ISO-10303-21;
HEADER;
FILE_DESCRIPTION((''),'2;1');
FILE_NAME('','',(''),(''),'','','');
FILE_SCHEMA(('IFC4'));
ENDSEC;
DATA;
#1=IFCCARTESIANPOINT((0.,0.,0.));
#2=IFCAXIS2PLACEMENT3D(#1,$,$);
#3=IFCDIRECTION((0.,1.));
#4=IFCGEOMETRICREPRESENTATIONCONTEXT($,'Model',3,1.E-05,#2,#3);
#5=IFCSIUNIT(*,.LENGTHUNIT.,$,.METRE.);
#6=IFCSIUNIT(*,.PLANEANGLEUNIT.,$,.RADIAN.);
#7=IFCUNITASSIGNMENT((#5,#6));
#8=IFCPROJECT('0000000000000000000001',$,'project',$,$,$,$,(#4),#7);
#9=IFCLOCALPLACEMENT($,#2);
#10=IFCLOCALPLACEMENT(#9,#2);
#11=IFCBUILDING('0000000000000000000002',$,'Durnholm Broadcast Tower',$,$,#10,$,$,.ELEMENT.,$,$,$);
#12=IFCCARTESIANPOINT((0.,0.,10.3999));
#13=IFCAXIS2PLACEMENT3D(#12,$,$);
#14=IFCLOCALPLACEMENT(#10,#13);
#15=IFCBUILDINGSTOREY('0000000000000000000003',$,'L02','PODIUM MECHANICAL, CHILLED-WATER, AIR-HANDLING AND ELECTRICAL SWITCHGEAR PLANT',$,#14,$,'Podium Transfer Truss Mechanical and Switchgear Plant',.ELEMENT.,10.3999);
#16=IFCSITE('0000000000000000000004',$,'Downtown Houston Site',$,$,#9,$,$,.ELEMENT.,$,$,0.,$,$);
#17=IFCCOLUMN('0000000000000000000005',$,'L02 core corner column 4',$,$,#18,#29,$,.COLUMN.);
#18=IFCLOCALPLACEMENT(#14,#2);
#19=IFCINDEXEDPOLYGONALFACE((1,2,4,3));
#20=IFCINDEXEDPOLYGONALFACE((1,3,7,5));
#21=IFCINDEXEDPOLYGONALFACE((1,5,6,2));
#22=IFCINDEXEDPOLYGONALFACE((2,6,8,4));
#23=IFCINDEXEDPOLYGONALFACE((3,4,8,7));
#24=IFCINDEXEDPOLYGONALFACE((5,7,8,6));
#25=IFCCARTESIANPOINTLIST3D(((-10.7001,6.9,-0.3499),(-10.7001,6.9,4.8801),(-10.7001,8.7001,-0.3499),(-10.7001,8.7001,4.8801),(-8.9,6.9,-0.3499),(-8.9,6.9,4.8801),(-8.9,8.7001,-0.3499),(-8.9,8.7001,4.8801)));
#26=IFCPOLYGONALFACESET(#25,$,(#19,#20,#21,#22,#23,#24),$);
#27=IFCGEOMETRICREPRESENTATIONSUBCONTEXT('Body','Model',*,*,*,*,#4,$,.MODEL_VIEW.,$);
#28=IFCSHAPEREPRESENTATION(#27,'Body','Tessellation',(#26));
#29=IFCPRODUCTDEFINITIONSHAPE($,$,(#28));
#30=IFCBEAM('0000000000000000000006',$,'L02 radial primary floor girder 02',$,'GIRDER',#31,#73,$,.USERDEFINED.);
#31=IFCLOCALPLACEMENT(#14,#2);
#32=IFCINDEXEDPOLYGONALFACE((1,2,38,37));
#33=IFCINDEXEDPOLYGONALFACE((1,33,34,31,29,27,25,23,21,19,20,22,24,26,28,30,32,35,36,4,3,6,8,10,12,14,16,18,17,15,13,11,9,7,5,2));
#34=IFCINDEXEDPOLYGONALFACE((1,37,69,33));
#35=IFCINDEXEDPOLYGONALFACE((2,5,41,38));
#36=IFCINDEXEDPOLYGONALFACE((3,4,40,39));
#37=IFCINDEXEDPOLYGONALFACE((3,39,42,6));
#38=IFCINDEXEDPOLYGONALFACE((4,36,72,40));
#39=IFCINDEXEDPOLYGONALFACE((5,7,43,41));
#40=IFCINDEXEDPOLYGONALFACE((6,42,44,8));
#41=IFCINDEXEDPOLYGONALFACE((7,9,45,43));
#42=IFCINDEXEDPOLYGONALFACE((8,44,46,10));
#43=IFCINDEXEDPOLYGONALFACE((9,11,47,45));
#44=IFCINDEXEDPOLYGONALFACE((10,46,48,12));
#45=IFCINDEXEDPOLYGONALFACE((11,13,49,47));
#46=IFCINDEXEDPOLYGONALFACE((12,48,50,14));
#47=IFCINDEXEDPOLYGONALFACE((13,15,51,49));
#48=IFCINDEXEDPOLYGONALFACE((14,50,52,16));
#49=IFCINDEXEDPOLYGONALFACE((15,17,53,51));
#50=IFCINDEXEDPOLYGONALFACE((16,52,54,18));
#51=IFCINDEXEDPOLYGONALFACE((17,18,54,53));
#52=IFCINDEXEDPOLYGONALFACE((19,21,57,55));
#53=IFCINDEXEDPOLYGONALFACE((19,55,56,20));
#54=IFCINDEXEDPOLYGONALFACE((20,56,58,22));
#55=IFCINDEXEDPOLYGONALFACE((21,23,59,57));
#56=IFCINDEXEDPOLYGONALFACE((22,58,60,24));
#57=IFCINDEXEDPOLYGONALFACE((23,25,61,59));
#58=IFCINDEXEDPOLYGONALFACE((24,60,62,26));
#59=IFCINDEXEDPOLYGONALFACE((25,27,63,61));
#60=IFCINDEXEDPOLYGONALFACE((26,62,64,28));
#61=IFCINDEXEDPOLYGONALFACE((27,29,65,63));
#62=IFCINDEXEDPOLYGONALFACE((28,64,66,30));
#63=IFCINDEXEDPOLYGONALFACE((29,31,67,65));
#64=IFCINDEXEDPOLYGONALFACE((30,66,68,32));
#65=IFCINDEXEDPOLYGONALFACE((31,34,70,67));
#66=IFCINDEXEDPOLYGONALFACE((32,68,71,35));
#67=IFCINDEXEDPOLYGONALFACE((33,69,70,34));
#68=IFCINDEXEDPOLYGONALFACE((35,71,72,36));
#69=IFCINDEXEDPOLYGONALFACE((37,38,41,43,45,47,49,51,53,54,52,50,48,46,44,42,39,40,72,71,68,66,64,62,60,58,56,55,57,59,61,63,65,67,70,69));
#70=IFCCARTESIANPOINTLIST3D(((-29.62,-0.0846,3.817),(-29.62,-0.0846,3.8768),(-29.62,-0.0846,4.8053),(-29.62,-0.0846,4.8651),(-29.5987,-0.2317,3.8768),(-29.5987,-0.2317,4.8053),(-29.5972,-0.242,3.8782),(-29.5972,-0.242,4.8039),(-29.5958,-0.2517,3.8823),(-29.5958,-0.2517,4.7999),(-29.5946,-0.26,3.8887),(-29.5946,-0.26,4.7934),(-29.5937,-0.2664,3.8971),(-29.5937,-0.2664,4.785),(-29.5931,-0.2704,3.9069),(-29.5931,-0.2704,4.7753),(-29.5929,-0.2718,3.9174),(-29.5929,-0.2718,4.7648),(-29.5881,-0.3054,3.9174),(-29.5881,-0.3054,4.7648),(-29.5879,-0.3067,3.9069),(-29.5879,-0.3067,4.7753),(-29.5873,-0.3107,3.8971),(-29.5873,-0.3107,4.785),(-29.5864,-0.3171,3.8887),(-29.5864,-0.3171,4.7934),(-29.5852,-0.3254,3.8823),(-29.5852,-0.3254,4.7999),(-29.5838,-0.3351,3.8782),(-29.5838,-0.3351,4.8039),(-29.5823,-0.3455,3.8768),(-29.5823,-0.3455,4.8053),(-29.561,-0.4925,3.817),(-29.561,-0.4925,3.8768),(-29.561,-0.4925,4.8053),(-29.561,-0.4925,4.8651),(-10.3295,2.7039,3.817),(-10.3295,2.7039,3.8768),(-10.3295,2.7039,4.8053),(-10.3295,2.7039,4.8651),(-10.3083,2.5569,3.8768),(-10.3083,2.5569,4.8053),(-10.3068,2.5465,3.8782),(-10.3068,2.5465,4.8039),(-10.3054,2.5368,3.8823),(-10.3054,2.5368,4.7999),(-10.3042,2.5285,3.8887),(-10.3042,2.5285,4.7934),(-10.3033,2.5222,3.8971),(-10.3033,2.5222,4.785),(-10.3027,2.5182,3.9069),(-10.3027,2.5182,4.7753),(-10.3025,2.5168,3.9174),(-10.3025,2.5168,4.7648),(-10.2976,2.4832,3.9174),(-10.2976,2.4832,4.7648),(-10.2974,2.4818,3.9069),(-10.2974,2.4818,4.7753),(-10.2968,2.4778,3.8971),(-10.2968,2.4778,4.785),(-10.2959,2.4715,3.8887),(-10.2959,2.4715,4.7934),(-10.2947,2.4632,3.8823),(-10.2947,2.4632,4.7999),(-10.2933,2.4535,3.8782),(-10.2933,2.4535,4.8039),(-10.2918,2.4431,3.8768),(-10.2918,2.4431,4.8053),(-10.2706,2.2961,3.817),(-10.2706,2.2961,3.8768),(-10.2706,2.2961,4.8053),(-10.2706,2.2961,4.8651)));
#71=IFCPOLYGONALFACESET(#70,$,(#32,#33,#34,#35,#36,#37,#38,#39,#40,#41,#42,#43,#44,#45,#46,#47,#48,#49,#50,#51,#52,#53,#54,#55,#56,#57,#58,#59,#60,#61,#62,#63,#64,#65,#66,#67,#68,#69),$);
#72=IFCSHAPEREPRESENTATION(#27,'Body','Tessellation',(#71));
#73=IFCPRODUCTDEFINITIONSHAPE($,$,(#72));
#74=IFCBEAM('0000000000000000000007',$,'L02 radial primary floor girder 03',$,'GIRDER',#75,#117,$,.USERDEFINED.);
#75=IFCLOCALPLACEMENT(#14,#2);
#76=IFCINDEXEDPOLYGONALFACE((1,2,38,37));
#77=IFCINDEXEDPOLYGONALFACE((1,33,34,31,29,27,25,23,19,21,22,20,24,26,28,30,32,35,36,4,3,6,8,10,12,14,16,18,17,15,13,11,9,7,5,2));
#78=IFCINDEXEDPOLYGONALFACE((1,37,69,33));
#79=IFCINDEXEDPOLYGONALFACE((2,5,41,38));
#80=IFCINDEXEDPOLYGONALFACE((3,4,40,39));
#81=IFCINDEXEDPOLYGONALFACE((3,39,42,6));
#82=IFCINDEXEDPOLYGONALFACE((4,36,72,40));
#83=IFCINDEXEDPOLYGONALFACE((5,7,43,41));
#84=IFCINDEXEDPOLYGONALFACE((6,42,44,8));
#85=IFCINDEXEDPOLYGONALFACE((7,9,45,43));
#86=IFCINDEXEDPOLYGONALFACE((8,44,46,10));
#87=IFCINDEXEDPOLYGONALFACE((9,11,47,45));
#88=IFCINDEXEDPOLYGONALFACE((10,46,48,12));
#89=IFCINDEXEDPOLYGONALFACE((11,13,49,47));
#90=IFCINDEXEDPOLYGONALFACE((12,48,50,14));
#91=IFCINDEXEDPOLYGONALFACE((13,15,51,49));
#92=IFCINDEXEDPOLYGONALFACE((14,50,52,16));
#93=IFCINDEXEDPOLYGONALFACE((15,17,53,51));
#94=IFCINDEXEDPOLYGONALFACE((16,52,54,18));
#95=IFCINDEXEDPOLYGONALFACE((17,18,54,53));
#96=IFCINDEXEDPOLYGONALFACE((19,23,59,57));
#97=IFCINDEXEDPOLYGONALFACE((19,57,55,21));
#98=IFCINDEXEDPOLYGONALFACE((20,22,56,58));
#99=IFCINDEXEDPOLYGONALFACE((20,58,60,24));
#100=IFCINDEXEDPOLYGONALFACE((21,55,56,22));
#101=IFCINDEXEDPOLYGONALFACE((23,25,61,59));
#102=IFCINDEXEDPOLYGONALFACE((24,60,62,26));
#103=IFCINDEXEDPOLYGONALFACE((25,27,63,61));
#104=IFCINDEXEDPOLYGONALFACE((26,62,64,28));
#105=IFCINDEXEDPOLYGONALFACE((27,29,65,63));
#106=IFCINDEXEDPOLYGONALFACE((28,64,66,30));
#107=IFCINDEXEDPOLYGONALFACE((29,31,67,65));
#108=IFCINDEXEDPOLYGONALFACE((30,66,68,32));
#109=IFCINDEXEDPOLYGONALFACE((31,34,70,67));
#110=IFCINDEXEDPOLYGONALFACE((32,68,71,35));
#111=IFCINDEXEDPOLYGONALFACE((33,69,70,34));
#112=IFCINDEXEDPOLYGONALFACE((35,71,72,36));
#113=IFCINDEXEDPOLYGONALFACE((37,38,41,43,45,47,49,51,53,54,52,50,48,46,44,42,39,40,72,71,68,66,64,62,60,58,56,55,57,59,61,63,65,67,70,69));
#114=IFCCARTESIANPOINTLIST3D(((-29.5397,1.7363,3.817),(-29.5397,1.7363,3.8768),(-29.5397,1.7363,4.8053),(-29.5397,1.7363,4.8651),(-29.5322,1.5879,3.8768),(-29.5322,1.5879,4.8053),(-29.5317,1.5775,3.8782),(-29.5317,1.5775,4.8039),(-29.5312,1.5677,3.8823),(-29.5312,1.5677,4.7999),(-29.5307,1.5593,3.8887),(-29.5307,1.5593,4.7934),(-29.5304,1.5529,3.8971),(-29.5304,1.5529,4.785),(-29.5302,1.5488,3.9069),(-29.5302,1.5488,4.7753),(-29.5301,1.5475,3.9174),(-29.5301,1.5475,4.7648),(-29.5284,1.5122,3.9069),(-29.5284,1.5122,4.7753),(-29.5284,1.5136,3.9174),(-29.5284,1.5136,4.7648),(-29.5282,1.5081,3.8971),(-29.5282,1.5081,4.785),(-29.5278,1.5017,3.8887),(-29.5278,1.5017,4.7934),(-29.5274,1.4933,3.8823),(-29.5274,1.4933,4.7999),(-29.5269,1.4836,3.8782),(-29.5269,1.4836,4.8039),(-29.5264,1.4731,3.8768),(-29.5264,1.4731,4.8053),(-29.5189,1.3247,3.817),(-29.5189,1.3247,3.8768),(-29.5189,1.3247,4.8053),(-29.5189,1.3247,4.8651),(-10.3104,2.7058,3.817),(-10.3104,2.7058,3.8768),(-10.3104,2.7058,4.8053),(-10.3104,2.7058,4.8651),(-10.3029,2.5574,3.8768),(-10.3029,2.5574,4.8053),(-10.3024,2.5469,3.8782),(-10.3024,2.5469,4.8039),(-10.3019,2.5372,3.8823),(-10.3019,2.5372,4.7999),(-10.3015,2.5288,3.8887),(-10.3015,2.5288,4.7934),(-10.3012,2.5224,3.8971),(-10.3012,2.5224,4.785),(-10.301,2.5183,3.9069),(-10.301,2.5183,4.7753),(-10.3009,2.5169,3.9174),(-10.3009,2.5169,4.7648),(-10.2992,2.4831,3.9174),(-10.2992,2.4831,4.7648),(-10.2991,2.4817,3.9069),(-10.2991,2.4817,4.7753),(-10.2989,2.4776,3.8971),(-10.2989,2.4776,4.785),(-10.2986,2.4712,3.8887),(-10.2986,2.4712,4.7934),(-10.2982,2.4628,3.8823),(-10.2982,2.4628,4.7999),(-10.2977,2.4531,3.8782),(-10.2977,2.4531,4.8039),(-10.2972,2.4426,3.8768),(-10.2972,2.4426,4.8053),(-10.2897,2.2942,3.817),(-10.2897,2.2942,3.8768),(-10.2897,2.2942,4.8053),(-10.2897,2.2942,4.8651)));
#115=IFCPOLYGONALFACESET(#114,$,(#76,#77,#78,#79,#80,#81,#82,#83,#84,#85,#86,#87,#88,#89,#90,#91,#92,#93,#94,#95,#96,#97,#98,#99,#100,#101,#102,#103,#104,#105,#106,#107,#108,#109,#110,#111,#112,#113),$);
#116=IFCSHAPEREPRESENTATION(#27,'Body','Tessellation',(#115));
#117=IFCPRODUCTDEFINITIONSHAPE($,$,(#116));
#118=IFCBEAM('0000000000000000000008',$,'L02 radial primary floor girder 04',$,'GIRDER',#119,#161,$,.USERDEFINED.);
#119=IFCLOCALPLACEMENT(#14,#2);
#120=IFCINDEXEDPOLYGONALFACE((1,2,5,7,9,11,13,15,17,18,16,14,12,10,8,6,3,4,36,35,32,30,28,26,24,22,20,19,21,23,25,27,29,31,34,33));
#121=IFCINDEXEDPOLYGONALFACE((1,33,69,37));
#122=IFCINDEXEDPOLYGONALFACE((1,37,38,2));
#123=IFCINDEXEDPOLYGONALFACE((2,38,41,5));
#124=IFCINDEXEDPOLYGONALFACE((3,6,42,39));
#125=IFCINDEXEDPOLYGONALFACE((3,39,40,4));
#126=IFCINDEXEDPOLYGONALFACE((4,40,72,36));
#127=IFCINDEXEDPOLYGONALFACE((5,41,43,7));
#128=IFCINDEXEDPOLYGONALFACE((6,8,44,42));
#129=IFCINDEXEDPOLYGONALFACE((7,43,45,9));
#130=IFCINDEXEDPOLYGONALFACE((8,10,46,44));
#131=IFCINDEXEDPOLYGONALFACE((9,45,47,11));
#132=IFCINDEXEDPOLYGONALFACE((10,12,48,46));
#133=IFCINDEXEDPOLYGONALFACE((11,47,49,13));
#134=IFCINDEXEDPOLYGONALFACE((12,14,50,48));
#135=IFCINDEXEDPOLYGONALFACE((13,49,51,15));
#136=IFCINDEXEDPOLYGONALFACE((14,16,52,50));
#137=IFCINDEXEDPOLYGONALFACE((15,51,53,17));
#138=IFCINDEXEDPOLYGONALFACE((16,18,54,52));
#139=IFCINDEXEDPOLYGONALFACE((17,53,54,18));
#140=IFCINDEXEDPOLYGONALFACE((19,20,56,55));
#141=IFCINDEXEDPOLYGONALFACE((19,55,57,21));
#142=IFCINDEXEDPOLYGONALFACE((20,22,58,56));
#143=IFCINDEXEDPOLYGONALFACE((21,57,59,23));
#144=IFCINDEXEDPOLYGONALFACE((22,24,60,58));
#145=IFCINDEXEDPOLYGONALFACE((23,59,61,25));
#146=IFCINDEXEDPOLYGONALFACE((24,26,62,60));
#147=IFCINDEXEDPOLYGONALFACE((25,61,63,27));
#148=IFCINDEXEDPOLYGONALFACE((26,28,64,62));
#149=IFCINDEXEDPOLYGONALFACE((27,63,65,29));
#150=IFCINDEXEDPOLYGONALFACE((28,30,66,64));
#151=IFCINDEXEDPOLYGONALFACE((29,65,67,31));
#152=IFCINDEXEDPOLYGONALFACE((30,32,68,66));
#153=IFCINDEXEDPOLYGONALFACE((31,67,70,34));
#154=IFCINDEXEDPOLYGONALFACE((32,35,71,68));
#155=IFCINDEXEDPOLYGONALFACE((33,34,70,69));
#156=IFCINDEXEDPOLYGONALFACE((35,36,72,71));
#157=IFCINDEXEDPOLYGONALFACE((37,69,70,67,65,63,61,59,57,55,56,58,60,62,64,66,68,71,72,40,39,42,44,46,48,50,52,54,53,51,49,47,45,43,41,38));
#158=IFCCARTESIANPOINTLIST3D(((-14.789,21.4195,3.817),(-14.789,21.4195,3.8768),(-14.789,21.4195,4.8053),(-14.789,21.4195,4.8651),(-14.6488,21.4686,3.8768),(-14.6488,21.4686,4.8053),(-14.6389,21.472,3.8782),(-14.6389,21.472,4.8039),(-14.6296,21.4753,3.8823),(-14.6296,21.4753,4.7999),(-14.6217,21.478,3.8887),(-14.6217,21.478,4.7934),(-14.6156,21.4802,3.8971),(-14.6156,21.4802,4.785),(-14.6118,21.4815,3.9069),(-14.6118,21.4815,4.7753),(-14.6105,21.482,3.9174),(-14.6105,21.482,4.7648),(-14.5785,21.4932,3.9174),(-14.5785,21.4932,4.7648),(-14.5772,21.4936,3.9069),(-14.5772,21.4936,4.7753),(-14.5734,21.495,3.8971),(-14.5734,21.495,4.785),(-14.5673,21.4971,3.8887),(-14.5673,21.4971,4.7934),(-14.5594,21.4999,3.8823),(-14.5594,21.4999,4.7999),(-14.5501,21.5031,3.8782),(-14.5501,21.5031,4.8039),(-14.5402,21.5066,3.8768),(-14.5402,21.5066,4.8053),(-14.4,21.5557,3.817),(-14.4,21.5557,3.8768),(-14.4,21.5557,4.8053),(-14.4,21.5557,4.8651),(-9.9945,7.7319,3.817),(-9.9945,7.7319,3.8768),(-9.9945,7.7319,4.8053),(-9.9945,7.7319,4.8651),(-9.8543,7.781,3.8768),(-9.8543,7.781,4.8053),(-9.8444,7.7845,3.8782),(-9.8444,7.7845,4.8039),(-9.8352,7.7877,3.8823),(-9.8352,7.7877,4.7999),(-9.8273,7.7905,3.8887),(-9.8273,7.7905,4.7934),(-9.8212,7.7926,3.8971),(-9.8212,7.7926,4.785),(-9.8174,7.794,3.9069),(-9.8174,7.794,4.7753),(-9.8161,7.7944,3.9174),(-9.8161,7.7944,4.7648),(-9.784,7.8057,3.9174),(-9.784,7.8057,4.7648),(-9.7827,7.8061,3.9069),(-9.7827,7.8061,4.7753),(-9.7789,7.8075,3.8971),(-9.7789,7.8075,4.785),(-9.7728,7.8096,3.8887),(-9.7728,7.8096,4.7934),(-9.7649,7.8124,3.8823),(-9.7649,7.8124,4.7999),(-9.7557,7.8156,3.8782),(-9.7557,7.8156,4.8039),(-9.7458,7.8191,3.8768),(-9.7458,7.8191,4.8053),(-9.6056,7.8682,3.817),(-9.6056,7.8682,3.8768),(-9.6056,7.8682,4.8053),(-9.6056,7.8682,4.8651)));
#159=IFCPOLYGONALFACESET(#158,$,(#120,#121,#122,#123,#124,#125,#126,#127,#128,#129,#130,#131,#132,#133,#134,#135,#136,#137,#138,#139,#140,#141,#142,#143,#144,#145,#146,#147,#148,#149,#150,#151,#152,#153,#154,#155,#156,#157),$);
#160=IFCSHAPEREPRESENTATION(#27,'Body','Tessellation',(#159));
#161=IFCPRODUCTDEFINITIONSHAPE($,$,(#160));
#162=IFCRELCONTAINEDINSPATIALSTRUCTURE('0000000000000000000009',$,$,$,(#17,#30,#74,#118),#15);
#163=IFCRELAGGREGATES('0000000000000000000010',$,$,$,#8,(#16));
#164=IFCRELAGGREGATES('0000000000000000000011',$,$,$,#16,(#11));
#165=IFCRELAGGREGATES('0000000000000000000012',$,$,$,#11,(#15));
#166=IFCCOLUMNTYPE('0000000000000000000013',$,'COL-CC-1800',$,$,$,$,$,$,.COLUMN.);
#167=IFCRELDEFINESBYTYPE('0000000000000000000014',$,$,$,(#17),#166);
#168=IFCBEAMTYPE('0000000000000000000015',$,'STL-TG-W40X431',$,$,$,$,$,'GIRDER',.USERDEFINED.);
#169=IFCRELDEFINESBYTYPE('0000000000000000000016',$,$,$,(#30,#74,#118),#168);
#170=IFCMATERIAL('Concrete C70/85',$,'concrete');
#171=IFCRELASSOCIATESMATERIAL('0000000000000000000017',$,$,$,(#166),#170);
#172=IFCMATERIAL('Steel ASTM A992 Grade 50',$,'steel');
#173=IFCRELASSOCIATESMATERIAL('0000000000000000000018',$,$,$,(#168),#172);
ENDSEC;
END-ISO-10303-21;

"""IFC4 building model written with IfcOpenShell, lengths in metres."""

from ifc_helpers import new_model, si_unit, direction, frame, origin, origin_2d, place, context, subcontext, project, spatial, rectangle, i_section, extrude, source, transform, mapped, material, material_profile, profile_set, type_object, type_shapes, element, save


model = new_model("IFC4")

# Units and contexts
model_context = context("Model", 3, precision=1e-05, world=origin(), true_north=direction((0.0, 1.0)))
body_context = subcontext(model_context, "Body", "Model", "MODEL_VIEW")
ifc_project = project(units=[si_unit("LENGTHUNIT", "METRE"), si_unit("PLANEANGLEUNIT", "RADIAN")], contexts=[model_context])

# Site, building, storey
site_placement = place(None, origin())
site = spatial("IfcSite", under=ifc_project, at=site_placement, Name="Downtown Houston Site", CompositionType="ELEMENT", RefElevation=0.0)
building_placement = place(site_placement, origin())
building = spatial("IfcBuilding", under=site, at=building_placement, Name="Durnholm Broadcast Tower", CompositionType="ELEMENT")
storey_placement = place(building_placement, frame((0.0, 0.0, 10.3999)))
storey = spatial("IfcBuildingStorey", under=building, at=storey_placement, Name="L02", Description="PODIUM MECHANICAL, CHILLED-WATER, AIR-HANDLING AND ELECTRICAL SWITCHGEAR PLANT", LongName="Podium Transfer Truss Mechanical and Switchgear Plant", CompositionType="ELEMENT", Elevation=10.3999)

# Column
ifc_material_1 = material(Name="Concrete C70/85", Category="concrete")
ifc_material_profile_1 = material_profile(ifc_material_1, rectangle(XDim=1.8, YDim=1.8, at=origin_2d()), Name="RC1800X1800")
ifc_profile_set_1 = profile_set([ifc_material_profile_1], Name="Concrete C70/85")
column_type = type_object("IfcColumnType", Name="COL-CC-1800", PredefinedType="COLUMN", material=ifc_profile_set_1)
shared_shape_1 = source(origin(), body_context, "Body", "SweptSolid", [
    extrude(rectangle(XDim=1.8, YDim=1.8, at=origin_2d()), origin(), (0.0, 0.0, 1.0), 5.23),
])
type_shapes(column_type, [shared_shape_1])
column_placement = place(storey_placement, frame((-9.8, 7.8, -0.3499), z_axis=(0.0, 0.0, 1.0), x_axis=(1.0, 0.0, 0.0)))
element("IfcColumn", 1, at=column_placement, inside=storey, type_object=column_type, Name="L02 core corner column 4", PredefinedType="COLUMN", context=body_context, shape_type="MappedRepresentation", body=[
    mapped(shared_shape_1, transform((0.0, 0.0, 0.0), x_axis=(1.0, 0.0, 0.0), y_axis=(0.0, 1.0, 0.0), z_axis=(0.0, 0.0, 1.0), scale=1.0)),
])

# Beams
ifc_material_2 = material(Name="Steel ASTM A992 Grade 50", Category="steel")
ifc_material_profile_2 = material_profile(ifc_material_2, i_section(OverallWidth=0.4121, OverallDepth=1.0481, WebThickness=0.0339, FlangeThickness=0.0598, FilletRadius=0.0405, at=origin_2d()), Name="W40X431")
ifc_profile_set_2 = profile_set([ifc_material_profile_2], Name="Steel ASTM A992 Grade 50")
beam_type = type_object("IfcBeamType", Name="STL-TG-W40X431", ElementType="GIRDER", PredefinedType="USERDEFINED", material=ifc_profile_set_2)
shared_shape_2 = source(origin(), body_context, "Body", "SweptSolid", [
    extrude(i_section(OverallWidth=0.4121, OverallDepth=1.0481, WebThickness=0.0339, FlangeThickness=0.0598, FilletRadius=0.0405, at=origin_2d()), origin(), (0.0, 0.0, 1.0), 19.491),
])
beam_1_placement = place(storey_placement, frame((-10.3, 2.5, 4.3411), z_axis=(-0.989713, -0.14307, 0.0), x_axis=(0.14307, -0.989713, 0.0)))
element("IfcBeam", 2, at=beam_1_placement, inside=storey, type_object=beam_type, Name="L02 radial primary floor girder 02", ObjectType="GIRDER", PredefinedType="USERDEFINED", context=body_context, shape_type="MappedRepresentation", body=[
    mapped(shared_shape_2, transform((0.0, 0.0, 0.0), x_axis=(1.0, 0.0, 0.0), y_axis=(0.0, 1.0, 0.0), z_axis=(0.0, 0.0, 1.0), scale=1.0)),
])
shared_shape_3 = source(origin(), body_context, "Body", "SweptSolid", [
    extrude(i_section(OverallWidth=0.4121, OverallDepth=1.0481, WebThickness=0.0339, FlangeThickness=0.0598, FilletRadius=0.0405, at=origin_2d()), origin(), (0.0, 0.0, 1.0), 19.2537),
])
beam_2_placement = place(storey_placement, frame((-10.3, 2.5, 4.3411), z_axis=(-0.998731, -0.050353, 0.0), x_axis=(0.050353, -0.998731, 0.0)))
element("IfcBeam", 3, at=beam_2_placement, inside=storey, type_object=beam_type, Name="L02 radial primary floor girder 03", ObjectType="GIRDER", PredefinedType="USERDEFINED", context=body_context, shape_type="MappedRepresentation", body=[
    mapped(shared_shape_3, transform((0.0, 0.0, 0.0), x_axis=(1.0, 0.0, 0.0), y_axis=(0.0, 1.0, 0.0), z_axis=(0.0, 0.0, 1.0), scale=1.0)),
])
shared_shape_4 = source(origin(), body_context, "Body", "SweptSolid", [
    extrude(i_section(OverallWidth=0.4121, OverallDepth=1.0481, WebThickness=0.0339, FlangeThickness=0.0598, FilletRadius=0.0405, at=origin_2d()), origin(), (0.0, 0.0, 1.0), 14.5029),
])
beam_3_placement = place(storey_placement, frame((-9.8, 7.8, 4.3411), z_axis=(-0.330584, 0.943776, 0.0), x_axis=(-0.943776, -0.330584, 0.0)))
element("IfcBeam", 4, at=beam_3_placement, inside=storey, type_object=beam_type, Name="L02 radial primary floor girder 04", ObjectType="GIRDER", PredefinedType="USERDEFINED", context=body_context, shape_type="MappedRepresentation", body=[
    mapped(shared_shape_4, transform((0.0, 0.0, 0.0), x_axis=(1.0, 0.0, 0.0), y_axis=(0.0, 1.0, 0.0), z_axis=(0.0, 0.0, 1.0), scale=1.0)),
])

save(model, "model.ifc")
